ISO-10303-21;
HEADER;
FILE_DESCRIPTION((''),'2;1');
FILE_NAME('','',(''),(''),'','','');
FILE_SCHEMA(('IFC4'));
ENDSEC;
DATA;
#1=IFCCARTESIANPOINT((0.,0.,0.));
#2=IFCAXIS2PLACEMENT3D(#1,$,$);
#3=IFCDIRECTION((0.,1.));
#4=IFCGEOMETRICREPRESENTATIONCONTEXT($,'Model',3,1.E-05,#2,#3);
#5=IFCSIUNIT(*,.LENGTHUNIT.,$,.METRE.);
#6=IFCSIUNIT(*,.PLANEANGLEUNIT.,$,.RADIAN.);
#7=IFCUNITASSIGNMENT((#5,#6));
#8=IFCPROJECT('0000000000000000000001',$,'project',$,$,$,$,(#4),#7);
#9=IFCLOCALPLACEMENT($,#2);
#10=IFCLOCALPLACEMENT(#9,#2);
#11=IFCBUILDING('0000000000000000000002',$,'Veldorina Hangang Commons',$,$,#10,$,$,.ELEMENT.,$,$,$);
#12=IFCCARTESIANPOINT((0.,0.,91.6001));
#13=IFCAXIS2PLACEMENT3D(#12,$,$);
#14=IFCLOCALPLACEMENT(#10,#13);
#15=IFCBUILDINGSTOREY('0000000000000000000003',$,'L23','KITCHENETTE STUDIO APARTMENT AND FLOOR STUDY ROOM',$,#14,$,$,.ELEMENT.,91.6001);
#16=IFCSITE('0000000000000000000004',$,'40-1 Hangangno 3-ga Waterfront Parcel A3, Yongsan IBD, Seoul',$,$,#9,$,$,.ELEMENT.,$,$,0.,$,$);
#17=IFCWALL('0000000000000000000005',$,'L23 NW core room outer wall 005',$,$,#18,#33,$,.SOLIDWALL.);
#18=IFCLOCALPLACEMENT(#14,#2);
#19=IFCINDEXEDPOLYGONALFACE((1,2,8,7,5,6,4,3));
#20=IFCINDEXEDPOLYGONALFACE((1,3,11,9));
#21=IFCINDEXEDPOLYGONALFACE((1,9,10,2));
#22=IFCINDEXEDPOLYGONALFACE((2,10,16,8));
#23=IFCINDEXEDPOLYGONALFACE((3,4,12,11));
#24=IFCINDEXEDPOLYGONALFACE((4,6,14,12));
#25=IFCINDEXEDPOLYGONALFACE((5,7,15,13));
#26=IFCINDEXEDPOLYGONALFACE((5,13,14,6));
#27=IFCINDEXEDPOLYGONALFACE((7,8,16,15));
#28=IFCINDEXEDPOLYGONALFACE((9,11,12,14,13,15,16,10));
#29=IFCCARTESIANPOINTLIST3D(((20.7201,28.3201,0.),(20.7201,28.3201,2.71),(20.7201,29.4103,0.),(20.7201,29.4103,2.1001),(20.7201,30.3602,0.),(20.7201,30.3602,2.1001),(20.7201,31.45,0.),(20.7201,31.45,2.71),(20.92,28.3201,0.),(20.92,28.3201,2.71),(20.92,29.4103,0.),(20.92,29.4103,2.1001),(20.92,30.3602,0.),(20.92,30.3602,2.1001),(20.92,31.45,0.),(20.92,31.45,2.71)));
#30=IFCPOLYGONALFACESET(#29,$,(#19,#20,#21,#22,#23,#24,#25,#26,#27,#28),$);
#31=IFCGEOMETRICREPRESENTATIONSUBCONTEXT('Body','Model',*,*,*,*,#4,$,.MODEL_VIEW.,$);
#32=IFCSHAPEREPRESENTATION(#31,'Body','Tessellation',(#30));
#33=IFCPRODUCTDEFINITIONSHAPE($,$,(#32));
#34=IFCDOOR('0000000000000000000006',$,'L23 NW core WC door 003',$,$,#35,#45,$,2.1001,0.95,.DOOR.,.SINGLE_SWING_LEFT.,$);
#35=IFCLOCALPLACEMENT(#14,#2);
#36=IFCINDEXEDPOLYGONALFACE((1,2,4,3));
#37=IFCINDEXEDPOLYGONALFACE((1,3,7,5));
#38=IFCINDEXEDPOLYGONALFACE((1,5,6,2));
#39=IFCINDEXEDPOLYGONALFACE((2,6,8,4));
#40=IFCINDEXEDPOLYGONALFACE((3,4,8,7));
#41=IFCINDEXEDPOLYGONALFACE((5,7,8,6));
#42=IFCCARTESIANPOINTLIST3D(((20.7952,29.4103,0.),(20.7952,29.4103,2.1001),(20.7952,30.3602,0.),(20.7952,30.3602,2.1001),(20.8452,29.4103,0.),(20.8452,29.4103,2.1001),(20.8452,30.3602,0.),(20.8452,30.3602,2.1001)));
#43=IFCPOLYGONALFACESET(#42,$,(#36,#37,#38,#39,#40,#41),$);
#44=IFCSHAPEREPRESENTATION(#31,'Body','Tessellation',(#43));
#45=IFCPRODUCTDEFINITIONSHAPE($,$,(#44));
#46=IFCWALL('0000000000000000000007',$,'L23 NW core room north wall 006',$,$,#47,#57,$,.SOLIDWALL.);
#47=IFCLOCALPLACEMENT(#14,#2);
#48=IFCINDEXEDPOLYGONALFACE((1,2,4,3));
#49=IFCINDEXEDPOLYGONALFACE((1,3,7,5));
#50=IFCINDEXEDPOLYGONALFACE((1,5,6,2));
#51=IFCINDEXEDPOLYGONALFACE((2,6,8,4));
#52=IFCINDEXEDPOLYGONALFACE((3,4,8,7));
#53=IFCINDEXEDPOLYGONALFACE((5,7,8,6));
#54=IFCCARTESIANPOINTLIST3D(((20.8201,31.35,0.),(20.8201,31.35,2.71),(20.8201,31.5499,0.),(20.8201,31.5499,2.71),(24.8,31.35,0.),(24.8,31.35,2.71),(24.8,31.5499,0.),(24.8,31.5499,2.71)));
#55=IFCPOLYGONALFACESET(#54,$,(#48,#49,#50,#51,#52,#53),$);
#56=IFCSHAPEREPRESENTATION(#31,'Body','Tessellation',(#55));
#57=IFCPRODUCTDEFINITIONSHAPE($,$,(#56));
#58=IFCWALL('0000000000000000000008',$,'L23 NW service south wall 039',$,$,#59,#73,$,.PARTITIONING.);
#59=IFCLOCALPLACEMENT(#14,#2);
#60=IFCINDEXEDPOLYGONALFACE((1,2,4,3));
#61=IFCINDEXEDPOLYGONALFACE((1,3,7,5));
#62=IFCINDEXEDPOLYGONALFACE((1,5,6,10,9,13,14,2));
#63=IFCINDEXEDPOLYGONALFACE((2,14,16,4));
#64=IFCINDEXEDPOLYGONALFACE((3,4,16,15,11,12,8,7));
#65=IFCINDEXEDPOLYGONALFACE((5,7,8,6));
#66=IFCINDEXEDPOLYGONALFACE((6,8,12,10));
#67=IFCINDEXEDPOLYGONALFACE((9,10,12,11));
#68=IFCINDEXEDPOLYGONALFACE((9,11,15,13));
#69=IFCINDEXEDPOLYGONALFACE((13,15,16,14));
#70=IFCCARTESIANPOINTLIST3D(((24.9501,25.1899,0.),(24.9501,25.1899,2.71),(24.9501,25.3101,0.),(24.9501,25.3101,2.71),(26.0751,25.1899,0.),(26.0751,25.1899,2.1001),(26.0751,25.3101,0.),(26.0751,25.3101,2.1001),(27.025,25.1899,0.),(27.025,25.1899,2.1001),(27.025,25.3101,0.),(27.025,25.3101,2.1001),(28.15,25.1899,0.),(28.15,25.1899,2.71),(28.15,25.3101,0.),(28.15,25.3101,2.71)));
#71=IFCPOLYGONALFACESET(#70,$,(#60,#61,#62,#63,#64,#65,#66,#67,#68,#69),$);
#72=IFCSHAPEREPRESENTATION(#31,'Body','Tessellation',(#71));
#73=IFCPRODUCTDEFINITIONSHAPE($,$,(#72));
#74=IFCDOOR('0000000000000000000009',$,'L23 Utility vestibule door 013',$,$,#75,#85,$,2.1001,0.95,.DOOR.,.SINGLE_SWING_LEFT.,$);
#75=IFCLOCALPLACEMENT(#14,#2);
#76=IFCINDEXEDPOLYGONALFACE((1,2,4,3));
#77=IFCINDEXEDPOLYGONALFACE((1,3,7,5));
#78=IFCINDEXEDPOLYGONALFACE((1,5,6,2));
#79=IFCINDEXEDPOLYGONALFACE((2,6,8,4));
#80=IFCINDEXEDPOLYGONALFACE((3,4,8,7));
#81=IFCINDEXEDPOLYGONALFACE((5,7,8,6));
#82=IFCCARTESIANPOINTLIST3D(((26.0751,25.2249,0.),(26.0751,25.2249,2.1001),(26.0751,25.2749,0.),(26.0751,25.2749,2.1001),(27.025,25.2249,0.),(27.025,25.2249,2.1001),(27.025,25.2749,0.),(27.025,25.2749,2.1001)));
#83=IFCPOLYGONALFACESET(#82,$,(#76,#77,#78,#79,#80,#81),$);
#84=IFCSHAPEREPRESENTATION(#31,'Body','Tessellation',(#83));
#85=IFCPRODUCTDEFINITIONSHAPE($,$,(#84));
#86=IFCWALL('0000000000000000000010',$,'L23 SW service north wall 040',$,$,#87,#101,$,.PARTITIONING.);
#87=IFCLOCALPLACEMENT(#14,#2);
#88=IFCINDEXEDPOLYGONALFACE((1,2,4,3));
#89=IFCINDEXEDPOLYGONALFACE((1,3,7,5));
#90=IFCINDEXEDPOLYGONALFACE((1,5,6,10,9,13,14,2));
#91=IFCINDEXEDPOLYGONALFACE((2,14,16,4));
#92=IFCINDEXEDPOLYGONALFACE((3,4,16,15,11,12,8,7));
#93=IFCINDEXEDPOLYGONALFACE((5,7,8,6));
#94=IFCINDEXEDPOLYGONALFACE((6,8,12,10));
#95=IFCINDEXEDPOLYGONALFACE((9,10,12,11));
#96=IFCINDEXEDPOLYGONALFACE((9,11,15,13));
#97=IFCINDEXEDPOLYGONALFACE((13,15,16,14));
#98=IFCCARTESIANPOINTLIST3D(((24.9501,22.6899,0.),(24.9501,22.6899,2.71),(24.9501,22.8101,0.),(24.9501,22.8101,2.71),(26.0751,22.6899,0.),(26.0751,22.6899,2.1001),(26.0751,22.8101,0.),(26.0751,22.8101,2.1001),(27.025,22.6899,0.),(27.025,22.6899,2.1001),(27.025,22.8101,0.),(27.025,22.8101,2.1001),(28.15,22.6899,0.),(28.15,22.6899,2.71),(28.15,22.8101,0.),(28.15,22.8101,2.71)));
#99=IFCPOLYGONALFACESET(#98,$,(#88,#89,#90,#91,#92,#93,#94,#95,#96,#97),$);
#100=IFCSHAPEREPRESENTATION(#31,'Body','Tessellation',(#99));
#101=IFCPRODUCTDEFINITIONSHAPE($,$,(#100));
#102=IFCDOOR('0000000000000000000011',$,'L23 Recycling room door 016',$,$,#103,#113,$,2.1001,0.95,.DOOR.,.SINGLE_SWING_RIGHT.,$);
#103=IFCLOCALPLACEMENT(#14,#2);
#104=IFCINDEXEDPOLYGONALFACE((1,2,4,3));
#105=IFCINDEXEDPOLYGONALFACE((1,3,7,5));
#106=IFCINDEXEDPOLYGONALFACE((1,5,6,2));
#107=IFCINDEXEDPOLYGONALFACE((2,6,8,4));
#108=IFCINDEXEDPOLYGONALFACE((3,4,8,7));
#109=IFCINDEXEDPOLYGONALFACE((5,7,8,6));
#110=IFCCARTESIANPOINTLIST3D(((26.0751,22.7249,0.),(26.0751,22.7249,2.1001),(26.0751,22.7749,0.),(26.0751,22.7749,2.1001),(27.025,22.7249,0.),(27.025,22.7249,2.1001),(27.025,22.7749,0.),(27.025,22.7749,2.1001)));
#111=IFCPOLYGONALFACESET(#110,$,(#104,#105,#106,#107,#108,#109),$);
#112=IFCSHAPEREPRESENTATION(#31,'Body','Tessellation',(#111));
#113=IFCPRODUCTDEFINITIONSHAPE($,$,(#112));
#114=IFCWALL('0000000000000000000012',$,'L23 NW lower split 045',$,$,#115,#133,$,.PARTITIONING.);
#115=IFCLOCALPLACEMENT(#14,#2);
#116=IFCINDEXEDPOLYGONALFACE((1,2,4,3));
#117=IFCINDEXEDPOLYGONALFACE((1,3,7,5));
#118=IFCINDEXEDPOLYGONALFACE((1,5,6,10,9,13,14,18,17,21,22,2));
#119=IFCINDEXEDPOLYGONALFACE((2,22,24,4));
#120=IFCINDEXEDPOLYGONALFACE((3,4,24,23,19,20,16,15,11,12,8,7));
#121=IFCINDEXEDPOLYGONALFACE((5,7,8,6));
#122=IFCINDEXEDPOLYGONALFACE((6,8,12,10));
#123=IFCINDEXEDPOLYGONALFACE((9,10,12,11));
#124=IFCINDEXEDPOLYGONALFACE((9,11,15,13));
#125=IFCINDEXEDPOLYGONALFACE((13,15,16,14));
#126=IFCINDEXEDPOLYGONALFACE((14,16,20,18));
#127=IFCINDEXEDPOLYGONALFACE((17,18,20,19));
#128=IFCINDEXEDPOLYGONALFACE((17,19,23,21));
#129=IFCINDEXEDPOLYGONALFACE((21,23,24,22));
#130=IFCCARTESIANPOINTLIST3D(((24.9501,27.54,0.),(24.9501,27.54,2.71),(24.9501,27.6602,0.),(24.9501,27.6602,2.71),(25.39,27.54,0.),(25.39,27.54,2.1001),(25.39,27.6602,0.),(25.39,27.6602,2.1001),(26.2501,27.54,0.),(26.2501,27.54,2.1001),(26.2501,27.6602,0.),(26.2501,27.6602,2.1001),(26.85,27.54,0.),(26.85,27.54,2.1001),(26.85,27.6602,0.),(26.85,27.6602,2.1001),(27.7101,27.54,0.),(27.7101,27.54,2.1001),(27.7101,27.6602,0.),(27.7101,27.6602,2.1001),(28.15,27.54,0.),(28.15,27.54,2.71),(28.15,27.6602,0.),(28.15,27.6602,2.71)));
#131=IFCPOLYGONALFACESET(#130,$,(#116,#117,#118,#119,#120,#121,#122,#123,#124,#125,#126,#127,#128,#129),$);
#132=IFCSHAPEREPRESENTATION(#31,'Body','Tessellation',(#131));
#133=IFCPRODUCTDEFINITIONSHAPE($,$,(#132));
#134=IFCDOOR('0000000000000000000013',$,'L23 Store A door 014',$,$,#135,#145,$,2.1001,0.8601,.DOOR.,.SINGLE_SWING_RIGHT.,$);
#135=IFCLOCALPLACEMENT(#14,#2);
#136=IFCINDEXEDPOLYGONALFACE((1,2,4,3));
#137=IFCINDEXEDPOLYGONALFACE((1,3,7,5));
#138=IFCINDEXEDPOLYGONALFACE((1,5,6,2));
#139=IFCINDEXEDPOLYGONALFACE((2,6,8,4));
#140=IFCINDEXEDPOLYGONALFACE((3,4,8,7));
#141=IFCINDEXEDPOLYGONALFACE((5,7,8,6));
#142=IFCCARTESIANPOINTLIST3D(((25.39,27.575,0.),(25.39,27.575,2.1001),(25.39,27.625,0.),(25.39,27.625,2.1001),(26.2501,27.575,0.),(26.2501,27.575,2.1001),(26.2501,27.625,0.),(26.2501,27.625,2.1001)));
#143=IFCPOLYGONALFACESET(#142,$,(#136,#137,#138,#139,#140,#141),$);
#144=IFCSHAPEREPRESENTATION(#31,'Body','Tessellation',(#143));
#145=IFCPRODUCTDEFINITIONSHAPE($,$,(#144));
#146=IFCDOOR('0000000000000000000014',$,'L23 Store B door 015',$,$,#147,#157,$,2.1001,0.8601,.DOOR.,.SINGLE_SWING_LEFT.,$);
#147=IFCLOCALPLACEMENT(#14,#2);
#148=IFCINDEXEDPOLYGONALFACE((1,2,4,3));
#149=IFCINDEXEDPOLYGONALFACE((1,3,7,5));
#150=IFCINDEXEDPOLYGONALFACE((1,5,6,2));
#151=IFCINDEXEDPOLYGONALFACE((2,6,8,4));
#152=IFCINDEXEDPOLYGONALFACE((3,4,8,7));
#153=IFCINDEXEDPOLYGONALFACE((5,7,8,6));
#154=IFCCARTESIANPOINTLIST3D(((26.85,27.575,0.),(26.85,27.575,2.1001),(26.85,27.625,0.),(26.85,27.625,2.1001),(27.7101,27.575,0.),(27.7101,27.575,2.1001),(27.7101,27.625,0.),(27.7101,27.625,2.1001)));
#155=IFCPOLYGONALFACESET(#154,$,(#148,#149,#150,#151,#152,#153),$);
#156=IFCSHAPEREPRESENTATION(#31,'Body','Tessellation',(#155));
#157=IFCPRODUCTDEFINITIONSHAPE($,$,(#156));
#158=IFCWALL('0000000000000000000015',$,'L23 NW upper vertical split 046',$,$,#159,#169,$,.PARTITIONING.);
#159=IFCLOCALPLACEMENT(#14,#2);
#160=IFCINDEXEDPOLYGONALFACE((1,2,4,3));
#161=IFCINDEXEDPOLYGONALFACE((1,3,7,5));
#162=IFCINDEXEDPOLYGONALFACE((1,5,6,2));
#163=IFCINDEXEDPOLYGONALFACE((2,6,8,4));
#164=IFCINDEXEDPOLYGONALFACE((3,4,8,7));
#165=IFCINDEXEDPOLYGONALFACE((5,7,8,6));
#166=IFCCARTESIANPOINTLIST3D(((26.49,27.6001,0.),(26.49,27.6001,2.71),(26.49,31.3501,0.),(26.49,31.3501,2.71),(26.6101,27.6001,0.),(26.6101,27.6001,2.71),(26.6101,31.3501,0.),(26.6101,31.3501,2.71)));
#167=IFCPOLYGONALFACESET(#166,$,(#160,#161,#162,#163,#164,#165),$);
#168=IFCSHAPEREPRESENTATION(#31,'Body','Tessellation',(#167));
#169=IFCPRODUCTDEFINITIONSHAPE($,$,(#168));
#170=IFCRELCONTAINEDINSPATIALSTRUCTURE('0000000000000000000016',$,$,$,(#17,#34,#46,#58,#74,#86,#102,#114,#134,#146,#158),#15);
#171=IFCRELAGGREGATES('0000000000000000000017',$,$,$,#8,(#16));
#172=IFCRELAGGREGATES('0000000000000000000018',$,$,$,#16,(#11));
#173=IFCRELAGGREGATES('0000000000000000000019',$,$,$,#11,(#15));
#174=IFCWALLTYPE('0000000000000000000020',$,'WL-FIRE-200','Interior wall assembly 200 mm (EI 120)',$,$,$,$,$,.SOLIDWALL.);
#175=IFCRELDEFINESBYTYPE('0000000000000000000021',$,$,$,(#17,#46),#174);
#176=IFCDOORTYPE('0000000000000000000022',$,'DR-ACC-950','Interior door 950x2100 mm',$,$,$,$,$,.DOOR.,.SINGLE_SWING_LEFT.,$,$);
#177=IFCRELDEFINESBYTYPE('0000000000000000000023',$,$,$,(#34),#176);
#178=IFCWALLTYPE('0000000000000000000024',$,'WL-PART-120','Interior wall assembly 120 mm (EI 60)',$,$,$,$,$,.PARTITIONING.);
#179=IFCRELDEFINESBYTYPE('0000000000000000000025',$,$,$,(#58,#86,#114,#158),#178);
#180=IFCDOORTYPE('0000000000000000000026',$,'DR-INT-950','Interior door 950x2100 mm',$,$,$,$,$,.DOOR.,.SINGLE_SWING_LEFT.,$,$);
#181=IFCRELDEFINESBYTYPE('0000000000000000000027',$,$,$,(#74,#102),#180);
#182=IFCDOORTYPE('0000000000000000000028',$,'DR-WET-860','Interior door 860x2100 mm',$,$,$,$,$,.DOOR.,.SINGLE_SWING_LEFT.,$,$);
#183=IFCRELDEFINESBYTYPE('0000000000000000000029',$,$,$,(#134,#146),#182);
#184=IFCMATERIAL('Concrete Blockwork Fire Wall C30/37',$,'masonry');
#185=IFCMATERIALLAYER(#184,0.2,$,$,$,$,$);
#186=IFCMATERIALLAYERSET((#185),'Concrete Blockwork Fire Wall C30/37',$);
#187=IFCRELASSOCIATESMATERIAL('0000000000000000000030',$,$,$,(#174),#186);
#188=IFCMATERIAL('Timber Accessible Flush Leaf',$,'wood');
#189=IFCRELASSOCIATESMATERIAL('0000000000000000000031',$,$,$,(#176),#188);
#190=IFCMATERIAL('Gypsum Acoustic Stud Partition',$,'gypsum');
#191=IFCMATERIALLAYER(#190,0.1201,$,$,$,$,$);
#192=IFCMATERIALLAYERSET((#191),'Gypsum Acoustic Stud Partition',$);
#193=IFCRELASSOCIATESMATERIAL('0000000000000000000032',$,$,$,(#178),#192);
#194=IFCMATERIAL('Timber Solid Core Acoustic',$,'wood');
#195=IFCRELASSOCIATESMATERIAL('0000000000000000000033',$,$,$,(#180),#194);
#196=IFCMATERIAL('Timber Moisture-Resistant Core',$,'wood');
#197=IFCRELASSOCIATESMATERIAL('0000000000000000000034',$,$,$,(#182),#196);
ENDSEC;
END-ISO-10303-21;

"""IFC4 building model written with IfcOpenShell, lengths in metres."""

from ifc_helpers import new_model, si_unit, direction, frame, frame_2d, origin, place, context, subcontext, project, spatial, rectangle, extrude, material, layer, layer_set, type_object, element, fill, save


model = new_model("IFC4")

# Units and contexts
model_context = context("Model", 3, precision=1e-05, world=origin(), true_north=direction((0.0, 1.0)))
body_context = subcontext(model_context, "Body", "Model", "MODEL_VIEW")
ifc_project = project(units=[si_unit("LENGTHUNIT", "METRE"), si_unit("PLANEANGLEUNIT", "RADIAN")], contexts=[model_context])

# Site, building, storey
site_placement = place(None, origin())
site = spatial("IfcSite", under=ifc_project, at=site_placement, Name="40-1 Hangangno 3-ga Waterfront Parcel A3, Yongsan IBD, Seoul", CompositionType="ELEMENT", RefElevation=0.0)
building_placement = place(site_placement, origin())
building = spatial("IfcBuilding", under=site, at=building_placement, Name="Veldorina Hangang Commons", CompositionType="ELEMENT")
storey_placement = place(building_placement, frame((0.0, 0.0, 91.6001)))
storey = spatial("IfcBuildingStorey", under=building, at=storey_placement, Name="L23", Description="KITCHENETTE STUDIO APARTMENT AND FLOOR STUDY ROOM", CompositionType="ELEMENT", Elevation=91.6001)

# Wall, opening, door
ifc_material_1 = material(Name="Concrete Blockwork Fire Wall C30/37", Category="masonry")
ifc_layer_1 = layer(ifc_material_1, 0.2)
ifc_layer_set_1 = layer_set([ifc_layer_1], Name="Concrete Blockwork Fire Wall C30/37")
wall_type_1 = type_object("IfcWallType", Name="WL-FIRE-200", Description="Interior wall assembly 200 mm (EI 120)", PredefinedType="SOLIDWALL", material=ifc_layer_set_1)
wall_1_placement = place(storey_placement, frame((20.8201, 28.3201, 0.0), z_axis=(0.0, 0.0, 1.0), x_axis=(0.0, 1.0, 0.0)))
wall_1 = element("IfcWall", 1, at=wall_1_placement, inside=storey, type_object=wall_type_1, Name="L23 NW core room outer wall 005", PredefinedType="SOLIDWALL", context=body_context, shape_type="SweptSolid", body=[
    extrude(rectangle(XDim=3.1299, YDim=0.2, at=frame_2d((1.5649, 0.0))), origin(), (0.0, 0.0, 1.0), 2.71),
])
opening_1_placement = place(wall_1_placement, frame((1.0901, 0.0, 0.0)))
opening_1 = element("IfcOpeningElement", 2, at=opening_1_placement, cuts=wall_1, PredefinedType="OPENING", context=body_context, shape_type="SweptSolid", body=[
    extrude(rectangle(XDim=0.95, YDim=2.1001, at=frame_2d((0.4751, 1.05))), frame((0.0, 0.1099, 0.0), z_axis=(0.0, -1.0, 0.0), x_axis=(1.0, 0.0, 0.0)), (0.0, 0.0, 1.0), 0.22),
])
ifc_material_2 = material(Name="Timber Accessible Flush Leaf", Category="wood")
door_type_1 = type_object("IfcDoorType", Name="DR-ACC-950", Description="Interior door 950x2100 mm", OperationType="SINGLE_SWING_LEFT", PredefinedType="DOOR", material=ifc_material_2)
door_1_placement = place(opening_1_placement, origin())
door_1 = element("IfcDoor", 3, at=door_1_placement, inside=storey, type_object=door_type_1, Name="L23 NW core WC door 003", OperationType="SINGLE_SWING_LEFT", OverallHeight=2.1001, OverallWidth=0.95, PredefinedType="DOOR", context=body_context, shape_type="SweptSolid", body=[
    extrude(rectangle(XDim=0.95, YDim=2.1001, at=frame_2d((0.4751, 1.05))), frame((0.0, 0.0249, 0.0), z_axis=(0.0, -1.0, 0.0), x_axis=(1.0, 0.0, 0.0)), (0.0, 0.0, 1.0), 0.05),
])
fill(opening_1, door_1)

# Wall
wall_2_placement = place(storey_placement, frame((20.8201, 31.45, 0.0), z_axis=(0.0, 0.0, 1.0), x_axis=(1.0, 0.0, 0.0)))
element("IfcWall", 4, at=wall_2_placement, inside=storey, type_object=wall_type_1, Name="L23 NW core room north wall 006", PredefinedType="SOLIDWALL", context=body_context, shape_type="SweptSolid", body=[
    extrude(rectangle(XDim=3.98, YDim=0.2, at=frame_2d((1.99, 0.0))), origin(), (0.0, 0.0, 1.0), 2.71),
])

# Walls, openings, doors
ifc_material_3 = material(Name="Gypsum Acoustic Stud Partition", Category="gypsum")
ifc_layer_2 = layer(ifc_material_3, 0.1201)
ifc_layer_set_2 = layer_set([ifc_layer_2], Name="Gypsum Acoustic Stud Partition")
wall_type_2 = type_object("IfcWallType", Name="WL-PART-120", Description="Interior wall assembly 120 mm (EI 60)", PredefinedType="PARTITIONING", material=ifc_layer_set_2)
wall_3_placement = place(storey_placement, frame((24.95, 25.25, 0.0), z_axis=(0.0, 0.0, 1.0), x_axis=(1.0, 0.0, 0.0)))
wall_3 = element("IfcWall", 5, at=wall_3_placement, inside=storey, type_object=wall_type_2, Name="L23 NW service south wall 039", PredefinedType="PARTITIONING", context=body_context, shape_type="SweptSolid", body=[
    extrude(rectangle(XDim=3.2, YDim=0.1201, at=frame_2d((1.6001, 0.0))), origin(), (0.0, 0.0, 1.0), 2.71),
])
opening_2_placement = place(wall_3_placement, frame((1.125, 0.0, 0.0)))
opening_2 = element("IfcOpeningElement", 6, at=opening_2_placement, cuts=wall_3, PredefinedType="OPENING", context=body_context, shape_type="SweptSolid", body=[
    extrude(rectangle(XDim=0.95, YDim=2.1001, at=frame_2d((0.4751, 1.05))), frame((0.0, 0.0701, 0.0), z_axis=(0.0, -1.0, 0.0), x_axis=(1.0, 0.0, 0.0)), (0.0, 0.0, 1.0), 0.1401),
])
ifc_material_4 = material(Name="Timber Solid Core Acoustic", Category="wood")
door_type_2 = type_object("IfcDoorType", Name="DR-INT-950", Description="Interior door 950x2100 mm", OperationType="SINGLE_SWING_LEFT", PredefinedType="DOOR", material=ifc_material_4)
door_2_placement = place(opening_2_placement, origin())
door_2 = element("IfcDoor", 7, at=door_2_placement, inside=storey, type_object=door_type_2, Name="L23 Utility vestibule door 013", OperationType="SINGLE_SWING_LEFT", OverallHeight=2.1001, OverallWidth=0.95, PredefinedType="DOOR", context=body_context, shape_type="SweptSolid", body=[
    extrude(rectangle(XDim=0.95, YDim=2.1001, at=frame_2d((0.4751, 1.05))), frame((0.0, 0.0249, 0.0), z_axis=(0.0, -1.0, 0.0), x_axis=(1.0, 0.0, 0.0)), (0.0, 0.0, 1.0), 0.05),
])
fill(opening_2, door_2)
wall_4_placement = place(storey_placement, frame((24.95, 22.75, 0.0), z_axis=(0.0, 0.0, 1.0), x_axis=(1.0, 0.0, 0.0)))
wall_4 = element("IfcWall", 8, at=wall_4_placement, inside=storey, type_object=wall_type_2, Name="L23 SW service north wall 040", PredefinedType="PARTITIONING", context=body_context, shape_type="SweptSolid", body=[
    extrude(rectangle(XDim=3.2, YDim=0.1201, at=frame_2d((1.6001, 0.0))), origin(), (0.0, 0.0, 1.0), 2.71),
])
opening_3_placement = place(wall_4_placement, frame((1.125, 0.0, 0.0)))
opening_3 = element("IfcOpeningElement", 9, at=opening_3_placement, cuts=wall_4, PredefinedType="OPENING", context=body_context, shape_type="SweptSolid", body=[
    extrude(rectangle(XDim=0.95, YDim=2.1001, at=frame_2d((0.4751, 1.05))), frame((0.0, 0.0701, 0.0), z_axis=(0.0, -1.0, 0.0), x_axis=(1.0, 0.0, 0.0)), (0.0, 0.0, 1.0), 0.1401),
])
door_3_placement = place(opening_3_placement, origin())
door_3 = element("IfcDoor", 10, at=door_3_placement, inside=storey, type_object=door_type_2, Name="L23 Recycling room door 016", OperationType="SINGLE_SWING_RIGHT", OverallHeight=2.1001, OverallWidth=0.95, PredefinedType="DOOR", context=body_context, shape_type="SweptSolid", body=[
    extrude(rectangle(XDim=0.95, YDim=2.1001, at=frame_2d((0.4751, 1.05))), frame((0.0, 0.0249, 0.0), z_axis=(0.0, -1.0, 0.0), x_axis=(1.0, 0.0, 0.0)), (0.0, 0.0, 1.0), 0.05),
])
fill(opening_3, door_3)

# Wall, openings, doors
wall_5_placement = place(storey_placement, frame((24.95, 27.6001, 0.0), z_axis=(0.0, 0.0, 1.0), x_axis=(1.0, 0.0, 0.0)))
wall_5 = element("IfcWall", 11, at=wall_5_placement, inside=storey, type_object=wall_type_2, Name="L23 NW lower split 045", PredefinedType="PARTITIONING", context=body_context, shape_type="SweptSolid", body=[
    extrude(rectangle(XDim=3.2, YDim=0.1201, at=frame_2d((1.6001, 0.0))), origin(), (0.0, 0.0, 1.0), 2.71),
])
opening_4_placement = place(wall_5_placement, frame((0.4399, 0.0, 0.0)))
opening_4 = element("IfcOpeningElement", 12, at=opening_4_placement, cuts=wall_5, PredefinedType="OPENING", context=body_context, shape_type="SweptSolid", body=[
    extrude(rectangle(XDim=0.8601, YDim=2.1001, at=frame_2d((0.4302, 1.05))), frame((0.0, 0.0701, 0.0), z_axis=(0.0, -1.0, 0.0), x_axis=(1.0, 0.0, 0.0)), (0.0, 0.0, 1.0), 0.1401),
])
opening_5_placement = place(wall_5_placement, frame((1.8999, 0.0, 0.0)))
opening_5 = element("IfcOpeningElement", 13, at=opening_5_placement, cuts=wall_5, PredefinedType="OPENING", context=body_context, shape_type="SweptSolid", body=[
    extrude(rectangle(XDim=0.8601, YDim=2.1001, at=frame_2d((0.4302, 1.05))), frame((0.0, 0.0701, 0.0), z_axis=(0.0, -1.0, 0.0), x_axis=(1.0, 0.0, 0.0)), (0.0, 0.0, 1.0), 0.1401),
])
ifc_material_5 = material(Name="Timber Moisture-Resistant Core", Category="wood")
door_type_3 = type_object("IfcDoorType", Name="DR-WET-860", Description="Interior door 860x2100 mm", OperationType="SINGLE_SWING_LEFT", PredefinedType="DOOR", material=ifc_material_5)
door_4_placement = place(opening_4_placement, origin())
door_4 = element("IfcDoor", 14, at=door_4_placement, inside=storey, type_object=door_type_3, Name="L23 Store A door 014", OperationType="SINGLE_SWING_RIGHT", OverallHeight=2.1001, OverallWidth=0.8601, PredefinedType="DOOR", context=body_context, shape_type="SweptSolid", body=[
    extrude(rectangle(XDim=0.8601, YDim=2.1001, at=frame_2d((0.4302, 1.05))), frame((0.0, 0.0249, 0.0), z_axis=(0.0, -1.0, 0.0), x_axis=(1.0, 0.0, 0.0)), (0.0, 0.0, 1.0), 0.05),
])
fill(opening_4, door_4)
door_5_placement = place(opening_5_placement, origin())
door_5 = element("IfcDoor", 15, at=door_5_placement, inside=storey, type_object=door_type_3, Name="L23 Store B door 015", OperationType="SINGLE_SWING_LEFT", OverallHeight=2.1001, OverallWidth=0.8601, PredefinedType="DOOR", context=body_context, shape_type="SweptSolid", body=[
    extrude(rectangle(XDim=0.8601, YDim=2.1001, at=frame_2d((0.4302, 1.05))), frame((0.0, 0.0249, 0.0), z_axis=(0.0, -1.0, 0.0), x_axis=(1.0, 0.0, 0.0)), (0.0, 0.0, 1.0), 0.05),
])
fill(opening_5, door_5)

# Wall
wall_6_placement = place(storey_placement, frame((26.55, 27.6001, 0.0), z_axis=(0.0, 0.0, 1.0), x_axis=(0.0, 1.0, 0.0)))
element("IfcWall", 16, at=wall_6_placement, inside=storey, type_object=wall_type_2, Name="L23 NW upper vertical split 046", PredefinedType="PARTITIONING", context=body_context, shape_type="SweptSolid", body=[
    extrude(rectangle(XDim=3.75, YDim=0.1201, at=frame_2d((1.875, 0.0))), origin(), (0.0, 0.0, 1.0), 2.71),
])

save(model, "model.ifc")
